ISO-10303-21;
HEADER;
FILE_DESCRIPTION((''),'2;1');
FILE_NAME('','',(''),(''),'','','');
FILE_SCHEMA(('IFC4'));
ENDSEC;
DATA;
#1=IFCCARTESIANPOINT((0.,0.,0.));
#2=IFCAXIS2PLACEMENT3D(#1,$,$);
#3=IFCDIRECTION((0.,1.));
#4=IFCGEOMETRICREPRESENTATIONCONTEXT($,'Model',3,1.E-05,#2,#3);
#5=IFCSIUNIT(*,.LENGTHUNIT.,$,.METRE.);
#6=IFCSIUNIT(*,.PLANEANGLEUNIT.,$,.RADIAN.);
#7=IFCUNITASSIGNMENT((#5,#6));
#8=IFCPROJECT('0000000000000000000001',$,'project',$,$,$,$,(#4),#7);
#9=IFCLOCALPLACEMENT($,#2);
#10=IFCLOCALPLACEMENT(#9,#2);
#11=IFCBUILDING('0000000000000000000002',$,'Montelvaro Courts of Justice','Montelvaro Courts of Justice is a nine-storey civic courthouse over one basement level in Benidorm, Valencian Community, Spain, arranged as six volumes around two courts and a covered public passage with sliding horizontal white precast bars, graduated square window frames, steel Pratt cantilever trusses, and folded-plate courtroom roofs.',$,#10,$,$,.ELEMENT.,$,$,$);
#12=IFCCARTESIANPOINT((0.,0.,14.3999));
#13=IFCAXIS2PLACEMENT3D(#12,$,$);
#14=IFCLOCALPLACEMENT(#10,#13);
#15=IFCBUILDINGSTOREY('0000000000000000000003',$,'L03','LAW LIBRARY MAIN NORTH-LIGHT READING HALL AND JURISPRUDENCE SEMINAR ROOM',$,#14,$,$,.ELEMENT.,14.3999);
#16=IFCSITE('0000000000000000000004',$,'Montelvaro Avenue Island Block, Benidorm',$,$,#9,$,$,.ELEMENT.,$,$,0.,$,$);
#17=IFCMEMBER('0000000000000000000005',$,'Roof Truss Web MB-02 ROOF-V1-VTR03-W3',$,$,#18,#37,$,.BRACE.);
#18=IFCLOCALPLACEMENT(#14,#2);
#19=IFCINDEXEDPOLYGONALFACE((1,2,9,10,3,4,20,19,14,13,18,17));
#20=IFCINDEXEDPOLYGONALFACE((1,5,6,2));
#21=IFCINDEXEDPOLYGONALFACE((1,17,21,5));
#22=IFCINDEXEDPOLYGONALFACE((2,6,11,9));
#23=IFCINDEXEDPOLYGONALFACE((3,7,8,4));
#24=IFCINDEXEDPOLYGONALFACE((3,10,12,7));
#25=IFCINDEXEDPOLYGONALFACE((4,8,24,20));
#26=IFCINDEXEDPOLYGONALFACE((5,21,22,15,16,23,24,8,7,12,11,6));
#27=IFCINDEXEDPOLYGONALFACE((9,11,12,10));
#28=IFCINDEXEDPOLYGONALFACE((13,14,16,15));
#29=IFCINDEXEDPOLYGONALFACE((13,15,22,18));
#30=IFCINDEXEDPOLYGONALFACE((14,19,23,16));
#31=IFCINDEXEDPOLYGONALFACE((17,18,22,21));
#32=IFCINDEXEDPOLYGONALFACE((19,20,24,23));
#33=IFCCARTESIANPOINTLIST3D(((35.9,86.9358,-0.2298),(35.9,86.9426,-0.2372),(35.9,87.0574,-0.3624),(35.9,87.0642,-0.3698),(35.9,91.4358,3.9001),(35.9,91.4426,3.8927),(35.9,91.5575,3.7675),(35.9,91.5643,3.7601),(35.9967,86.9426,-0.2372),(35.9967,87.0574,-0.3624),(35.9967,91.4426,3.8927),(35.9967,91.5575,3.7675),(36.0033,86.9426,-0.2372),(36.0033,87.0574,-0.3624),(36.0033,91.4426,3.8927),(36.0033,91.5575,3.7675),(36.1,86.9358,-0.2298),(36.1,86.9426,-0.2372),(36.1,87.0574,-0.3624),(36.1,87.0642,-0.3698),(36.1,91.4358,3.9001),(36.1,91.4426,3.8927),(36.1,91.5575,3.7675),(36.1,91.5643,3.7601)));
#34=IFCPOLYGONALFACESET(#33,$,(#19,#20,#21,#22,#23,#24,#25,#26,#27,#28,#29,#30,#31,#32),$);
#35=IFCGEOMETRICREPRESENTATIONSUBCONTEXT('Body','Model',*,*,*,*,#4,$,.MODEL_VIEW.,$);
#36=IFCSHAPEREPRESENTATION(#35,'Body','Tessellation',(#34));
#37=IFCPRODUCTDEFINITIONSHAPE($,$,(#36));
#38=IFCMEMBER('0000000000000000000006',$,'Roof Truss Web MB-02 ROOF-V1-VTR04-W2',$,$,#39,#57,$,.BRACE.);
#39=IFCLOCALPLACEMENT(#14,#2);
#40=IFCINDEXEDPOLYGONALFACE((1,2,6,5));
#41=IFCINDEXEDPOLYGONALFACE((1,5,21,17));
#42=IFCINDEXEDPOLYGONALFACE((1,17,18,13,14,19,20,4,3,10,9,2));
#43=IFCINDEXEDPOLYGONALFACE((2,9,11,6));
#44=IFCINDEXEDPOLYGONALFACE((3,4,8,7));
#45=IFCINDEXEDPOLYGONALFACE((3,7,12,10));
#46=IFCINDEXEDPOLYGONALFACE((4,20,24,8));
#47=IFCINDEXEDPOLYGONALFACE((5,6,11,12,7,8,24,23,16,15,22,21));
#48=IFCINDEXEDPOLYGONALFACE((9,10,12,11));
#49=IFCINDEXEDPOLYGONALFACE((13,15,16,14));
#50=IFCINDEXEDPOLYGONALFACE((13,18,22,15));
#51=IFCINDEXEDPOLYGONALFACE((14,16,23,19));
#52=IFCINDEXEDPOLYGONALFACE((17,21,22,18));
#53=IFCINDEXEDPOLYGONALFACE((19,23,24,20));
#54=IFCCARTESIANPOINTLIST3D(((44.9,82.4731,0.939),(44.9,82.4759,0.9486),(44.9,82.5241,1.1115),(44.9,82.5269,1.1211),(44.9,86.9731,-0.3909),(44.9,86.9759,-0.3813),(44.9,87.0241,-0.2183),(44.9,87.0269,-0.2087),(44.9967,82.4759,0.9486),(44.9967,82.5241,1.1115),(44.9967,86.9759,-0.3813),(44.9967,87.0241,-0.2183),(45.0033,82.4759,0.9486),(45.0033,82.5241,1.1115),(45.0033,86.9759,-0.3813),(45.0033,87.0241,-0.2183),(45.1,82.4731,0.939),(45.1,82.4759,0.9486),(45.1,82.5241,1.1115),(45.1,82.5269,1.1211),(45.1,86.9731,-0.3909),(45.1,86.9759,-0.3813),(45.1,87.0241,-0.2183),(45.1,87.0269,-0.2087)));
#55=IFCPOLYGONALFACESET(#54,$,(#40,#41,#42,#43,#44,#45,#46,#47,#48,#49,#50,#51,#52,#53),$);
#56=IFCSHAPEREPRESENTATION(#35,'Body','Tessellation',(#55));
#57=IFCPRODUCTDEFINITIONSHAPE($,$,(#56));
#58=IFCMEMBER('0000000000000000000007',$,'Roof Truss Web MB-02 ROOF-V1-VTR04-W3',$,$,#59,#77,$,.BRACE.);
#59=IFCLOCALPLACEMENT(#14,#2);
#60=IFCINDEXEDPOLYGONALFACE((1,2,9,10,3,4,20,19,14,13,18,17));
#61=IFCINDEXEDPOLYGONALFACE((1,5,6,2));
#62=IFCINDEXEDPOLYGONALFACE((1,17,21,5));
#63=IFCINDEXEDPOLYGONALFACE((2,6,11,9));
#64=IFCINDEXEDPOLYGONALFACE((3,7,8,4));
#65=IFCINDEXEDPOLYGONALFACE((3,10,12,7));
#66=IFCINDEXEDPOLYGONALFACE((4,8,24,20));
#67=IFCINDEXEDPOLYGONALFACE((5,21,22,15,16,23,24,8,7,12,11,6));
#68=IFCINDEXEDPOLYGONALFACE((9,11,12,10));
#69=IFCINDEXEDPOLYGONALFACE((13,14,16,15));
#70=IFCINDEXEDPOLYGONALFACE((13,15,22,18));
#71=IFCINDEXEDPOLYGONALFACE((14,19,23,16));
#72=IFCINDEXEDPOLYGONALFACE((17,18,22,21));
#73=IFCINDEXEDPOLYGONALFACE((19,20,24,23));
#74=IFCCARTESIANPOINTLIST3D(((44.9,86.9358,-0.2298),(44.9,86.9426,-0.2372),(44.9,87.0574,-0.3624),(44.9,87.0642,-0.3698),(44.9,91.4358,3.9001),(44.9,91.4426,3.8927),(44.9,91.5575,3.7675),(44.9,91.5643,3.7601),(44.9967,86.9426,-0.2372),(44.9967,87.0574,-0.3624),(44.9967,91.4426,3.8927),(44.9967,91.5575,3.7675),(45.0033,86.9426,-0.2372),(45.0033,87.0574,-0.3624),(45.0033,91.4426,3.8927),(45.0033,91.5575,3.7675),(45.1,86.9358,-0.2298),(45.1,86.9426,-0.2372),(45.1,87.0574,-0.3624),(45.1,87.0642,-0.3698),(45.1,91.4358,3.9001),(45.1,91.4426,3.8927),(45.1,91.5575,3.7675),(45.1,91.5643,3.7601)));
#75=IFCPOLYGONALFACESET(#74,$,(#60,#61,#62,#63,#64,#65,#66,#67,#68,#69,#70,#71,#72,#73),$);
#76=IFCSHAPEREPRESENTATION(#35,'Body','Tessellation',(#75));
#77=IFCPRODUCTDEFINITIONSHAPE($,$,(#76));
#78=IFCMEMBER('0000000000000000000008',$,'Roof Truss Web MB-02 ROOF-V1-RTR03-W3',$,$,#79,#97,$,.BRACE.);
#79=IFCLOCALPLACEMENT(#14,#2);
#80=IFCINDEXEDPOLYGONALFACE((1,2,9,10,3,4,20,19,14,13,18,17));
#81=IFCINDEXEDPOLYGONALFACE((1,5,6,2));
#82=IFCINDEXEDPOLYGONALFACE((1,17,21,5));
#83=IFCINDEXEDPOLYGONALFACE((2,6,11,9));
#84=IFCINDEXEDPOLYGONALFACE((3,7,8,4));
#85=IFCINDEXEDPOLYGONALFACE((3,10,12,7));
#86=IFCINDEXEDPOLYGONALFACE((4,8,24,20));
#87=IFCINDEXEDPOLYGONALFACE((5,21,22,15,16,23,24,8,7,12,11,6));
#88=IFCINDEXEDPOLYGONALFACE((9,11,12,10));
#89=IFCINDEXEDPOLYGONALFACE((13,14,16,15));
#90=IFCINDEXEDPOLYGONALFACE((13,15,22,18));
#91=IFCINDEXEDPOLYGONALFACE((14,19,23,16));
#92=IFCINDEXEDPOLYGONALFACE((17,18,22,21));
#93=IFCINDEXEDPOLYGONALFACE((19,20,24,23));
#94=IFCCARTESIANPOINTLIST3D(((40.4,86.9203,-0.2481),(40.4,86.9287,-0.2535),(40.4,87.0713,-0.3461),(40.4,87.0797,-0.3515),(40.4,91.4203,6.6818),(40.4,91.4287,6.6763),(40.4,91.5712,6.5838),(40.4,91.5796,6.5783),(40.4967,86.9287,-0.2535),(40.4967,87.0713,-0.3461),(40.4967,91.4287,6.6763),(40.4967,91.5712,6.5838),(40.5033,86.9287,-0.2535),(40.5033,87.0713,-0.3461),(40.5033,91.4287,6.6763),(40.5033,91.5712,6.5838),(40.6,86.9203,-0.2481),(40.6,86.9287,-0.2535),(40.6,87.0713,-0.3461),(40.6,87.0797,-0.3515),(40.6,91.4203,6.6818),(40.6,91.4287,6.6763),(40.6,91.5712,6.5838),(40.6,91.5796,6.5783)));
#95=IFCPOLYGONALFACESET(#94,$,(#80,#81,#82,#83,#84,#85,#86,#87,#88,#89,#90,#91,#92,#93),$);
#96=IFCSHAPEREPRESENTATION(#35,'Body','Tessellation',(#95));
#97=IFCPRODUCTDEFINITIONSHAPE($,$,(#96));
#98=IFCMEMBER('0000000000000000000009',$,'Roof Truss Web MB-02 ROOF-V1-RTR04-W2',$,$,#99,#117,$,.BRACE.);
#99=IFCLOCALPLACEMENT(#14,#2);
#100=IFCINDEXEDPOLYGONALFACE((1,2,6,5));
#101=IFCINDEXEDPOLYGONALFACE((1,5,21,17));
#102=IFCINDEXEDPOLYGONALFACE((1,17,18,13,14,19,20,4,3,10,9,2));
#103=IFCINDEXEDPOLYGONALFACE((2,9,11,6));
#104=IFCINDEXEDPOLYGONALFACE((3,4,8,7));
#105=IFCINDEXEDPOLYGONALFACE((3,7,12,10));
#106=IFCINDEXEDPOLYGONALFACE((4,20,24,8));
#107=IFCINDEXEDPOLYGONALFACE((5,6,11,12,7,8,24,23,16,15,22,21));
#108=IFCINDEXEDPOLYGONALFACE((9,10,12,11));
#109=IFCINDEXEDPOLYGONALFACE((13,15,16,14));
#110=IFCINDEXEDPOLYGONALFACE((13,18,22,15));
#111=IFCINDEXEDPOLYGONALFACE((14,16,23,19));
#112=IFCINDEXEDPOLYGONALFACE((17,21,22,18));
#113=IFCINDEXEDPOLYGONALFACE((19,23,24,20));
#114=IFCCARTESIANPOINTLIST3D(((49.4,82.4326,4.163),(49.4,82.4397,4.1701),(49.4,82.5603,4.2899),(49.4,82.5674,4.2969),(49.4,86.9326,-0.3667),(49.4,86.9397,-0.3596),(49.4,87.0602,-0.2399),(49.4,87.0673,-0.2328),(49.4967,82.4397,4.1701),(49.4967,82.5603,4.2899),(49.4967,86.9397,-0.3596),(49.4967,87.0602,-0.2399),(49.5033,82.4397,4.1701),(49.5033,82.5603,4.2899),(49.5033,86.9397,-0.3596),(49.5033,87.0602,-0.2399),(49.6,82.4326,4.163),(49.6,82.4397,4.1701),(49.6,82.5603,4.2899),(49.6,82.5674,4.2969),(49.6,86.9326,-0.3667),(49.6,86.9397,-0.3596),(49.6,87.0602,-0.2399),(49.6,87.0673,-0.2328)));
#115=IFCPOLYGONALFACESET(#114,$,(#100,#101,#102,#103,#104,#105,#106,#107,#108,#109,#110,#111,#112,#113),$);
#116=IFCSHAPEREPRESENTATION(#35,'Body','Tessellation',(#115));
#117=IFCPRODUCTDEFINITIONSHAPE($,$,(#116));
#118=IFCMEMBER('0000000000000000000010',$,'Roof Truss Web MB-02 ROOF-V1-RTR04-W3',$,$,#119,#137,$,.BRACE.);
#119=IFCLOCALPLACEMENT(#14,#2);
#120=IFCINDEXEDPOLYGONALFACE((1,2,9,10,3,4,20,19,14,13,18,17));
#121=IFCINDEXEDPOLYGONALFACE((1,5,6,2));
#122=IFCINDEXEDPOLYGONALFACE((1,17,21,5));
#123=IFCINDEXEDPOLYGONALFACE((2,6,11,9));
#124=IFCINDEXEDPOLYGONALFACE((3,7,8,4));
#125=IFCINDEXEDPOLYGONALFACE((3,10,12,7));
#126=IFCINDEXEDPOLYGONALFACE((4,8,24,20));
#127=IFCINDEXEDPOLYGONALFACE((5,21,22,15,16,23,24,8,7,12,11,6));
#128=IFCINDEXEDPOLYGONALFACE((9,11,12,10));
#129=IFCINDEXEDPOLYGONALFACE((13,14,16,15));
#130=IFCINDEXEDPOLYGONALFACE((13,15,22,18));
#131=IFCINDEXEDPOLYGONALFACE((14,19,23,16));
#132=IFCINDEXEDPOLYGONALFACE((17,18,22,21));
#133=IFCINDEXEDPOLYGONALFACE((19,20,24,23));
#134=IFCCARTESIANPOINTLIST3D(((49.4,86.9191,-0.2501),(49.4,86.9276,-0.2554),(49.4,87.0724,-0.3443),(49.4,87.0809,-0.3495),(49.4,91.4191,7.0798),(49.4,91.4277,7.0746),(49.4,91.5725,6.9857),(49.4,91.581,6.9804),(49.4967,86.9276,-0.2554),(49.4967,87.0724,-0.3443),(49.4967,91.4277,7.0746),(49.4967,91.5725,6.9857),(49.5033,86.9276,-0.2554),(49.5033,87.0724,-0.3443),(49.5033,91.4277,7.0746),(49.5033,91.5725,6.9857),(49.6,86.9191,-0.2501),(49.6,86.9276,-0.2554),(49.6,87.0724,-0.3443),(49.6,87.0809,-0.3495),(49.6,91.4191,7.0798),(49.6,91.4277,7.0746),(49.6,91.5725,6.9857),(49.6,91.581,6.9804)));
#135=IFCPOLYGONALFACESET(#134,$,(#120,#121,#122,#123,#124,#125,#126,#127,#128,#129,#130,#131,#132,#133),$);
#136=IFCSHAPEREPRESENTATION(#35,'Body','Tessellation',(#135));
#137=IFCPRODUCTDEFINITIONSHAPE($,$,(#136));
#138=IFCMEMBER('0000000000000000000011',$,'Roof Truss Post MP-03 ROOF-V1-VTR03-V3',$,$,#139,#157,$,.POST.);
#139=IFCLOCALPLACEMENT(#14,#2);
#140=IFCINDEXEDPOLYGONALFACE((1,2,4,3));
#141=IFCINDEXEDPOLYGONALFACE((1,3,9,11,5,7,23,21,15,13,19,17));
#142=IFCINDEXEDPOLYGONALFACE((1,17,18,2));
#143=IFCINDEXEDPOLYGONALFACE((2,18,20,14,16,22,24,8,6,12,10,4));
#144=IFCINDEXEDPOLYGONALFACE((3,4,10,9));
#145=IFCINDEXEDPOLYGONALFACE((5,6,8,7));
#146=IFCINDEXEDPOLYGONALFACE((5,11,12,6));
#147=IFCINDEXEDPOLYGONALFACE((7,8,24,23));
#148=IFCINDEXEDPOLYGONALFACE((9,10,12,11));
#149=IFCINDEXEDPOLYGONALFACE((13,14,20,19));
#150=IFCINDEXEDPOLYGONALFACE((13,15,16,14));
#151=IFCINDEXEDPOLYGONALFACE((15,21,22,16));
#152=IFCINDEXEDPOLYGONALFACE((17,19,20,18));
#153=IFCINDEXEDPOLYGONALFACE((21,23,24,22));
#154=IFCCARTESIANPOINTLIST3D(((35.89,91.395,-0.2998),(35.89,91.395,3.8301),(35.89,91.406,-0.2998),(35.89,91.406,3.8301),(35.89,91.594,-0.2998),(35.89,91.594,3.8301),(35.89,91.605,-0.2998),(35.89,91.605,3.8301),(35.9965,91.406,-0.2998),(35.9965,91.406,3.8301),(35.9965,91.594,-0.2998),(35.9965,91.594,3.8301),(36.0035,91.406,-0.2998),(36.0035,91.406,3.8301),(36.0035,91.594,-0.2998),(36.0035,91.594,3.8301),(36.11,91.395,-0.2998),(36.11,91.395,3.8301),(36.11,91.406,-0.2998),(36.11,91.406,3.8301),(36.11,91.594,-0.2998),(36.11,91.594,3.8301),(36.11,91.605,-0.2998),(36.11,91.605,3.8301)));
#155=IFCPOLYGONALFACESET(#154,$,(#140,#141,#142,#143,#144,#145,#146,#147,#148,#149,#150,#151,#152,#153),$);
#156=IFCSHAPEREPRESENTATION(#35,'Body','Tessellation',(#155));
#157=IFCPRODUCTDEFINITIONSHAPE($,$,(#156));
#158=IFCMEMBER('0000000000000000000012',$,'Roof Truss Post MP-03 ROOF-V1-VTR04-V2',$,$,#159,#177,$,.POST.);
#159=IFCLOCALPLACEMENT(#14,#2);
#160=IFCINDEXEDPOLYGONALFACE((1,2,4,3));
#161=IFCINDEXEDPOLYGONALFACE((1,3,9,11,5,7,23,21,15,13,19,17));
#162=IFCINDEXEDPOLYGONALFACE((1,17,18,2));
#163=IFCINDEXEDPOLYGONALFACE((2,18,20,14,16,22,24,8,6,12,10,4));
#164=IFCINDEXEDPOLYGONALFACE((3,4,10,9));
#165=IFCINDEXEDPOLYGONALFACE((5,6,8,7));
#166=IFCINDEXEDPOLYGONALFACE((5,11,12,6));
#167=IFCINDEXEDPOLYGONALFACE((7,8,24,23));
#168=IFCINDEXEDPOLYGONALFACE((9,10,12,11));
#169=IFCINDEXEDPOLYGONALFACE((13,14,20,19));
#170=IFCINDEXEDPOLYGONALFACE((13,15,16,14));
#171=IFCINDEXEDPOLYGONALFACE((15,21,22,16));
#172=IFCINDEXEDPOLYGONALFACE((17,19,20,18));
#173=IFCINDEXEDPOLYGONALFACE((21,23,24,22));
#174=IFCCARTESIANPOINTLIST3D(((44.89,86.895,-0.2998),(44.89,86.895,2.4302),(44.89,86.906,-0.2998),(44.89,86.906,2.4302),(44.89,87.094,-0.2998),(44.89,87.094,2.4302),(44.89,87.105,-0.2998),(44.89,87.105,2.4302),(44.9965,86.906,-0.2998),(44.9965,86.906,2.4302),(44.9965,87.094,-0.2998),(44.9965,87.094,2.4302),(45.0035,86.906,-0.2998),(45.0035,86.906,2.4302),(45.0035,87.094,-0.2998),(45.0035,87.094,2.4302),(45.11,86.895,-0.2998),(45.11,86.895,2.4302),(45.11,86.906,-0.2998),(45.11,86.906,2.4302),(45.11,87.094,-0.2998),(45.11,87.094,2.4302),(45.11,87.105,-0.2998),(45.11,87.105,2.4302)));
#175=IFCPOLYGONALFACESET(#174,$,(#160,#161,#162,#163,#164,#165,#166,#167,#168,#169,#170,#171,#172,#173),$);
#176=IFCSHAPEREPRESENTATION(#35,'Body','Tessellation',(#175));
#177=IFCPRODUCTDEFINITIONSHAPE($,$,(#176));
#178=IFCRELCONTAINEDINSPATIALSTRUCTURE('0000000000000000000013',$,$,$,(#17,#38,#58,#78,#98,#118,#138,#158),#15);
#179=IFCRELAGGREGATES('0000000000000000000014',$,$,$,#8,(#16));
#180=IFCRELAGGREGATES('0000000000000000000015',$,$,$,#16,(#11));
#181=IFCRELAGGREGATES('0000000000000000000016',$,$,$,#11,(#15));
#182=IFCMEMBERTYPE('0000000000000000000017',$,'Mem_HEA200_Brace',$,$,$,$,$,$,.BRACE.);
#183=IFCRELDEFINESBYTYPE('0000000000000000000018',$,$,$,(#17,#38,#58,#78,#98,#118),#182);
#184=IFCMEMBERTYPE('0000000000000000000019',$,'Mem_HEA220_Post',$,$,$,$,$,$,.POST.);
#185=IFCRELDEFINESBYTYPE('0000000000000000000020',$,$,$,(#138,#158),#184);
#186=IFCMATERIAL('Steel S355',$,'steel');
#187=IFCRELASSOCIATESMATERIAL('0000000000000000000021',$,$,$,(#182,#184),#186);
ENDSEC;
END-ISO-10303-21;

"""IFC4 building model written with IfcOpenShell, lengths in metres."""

from ifc_helpers import new_model, si_unit, direction, frame, origin, origin_2d, place, context, subcontext, project, spatial, i_section, extrude, material, material_profile, profile_set, type_object, element, save


model = new_model("IFC4")

# Units and contexts
model_context = context("Model", 3, precision=1e-05, world=origin(), true_north=direction((0.0, 1.0)))
body_context = subcontext(model_context, "Body", "Model", "MODEL_VIEW")
ifc_project = project(units=[si_unit("LENGTHUNIT", "METRE"), si_unit("PLANEANGLEUNIT", "RADIAN")], contexts=[model_context])

# Site, building, storey
site_placement = place(None, origin())
site = spatial("IfcSite", under=ifc_project, at=site_placement, Name="Montelvaro Avenue Island Block, Benidorm", CompositionType="ELEMENT", RefElevation=0.0)
building_placement = place(site_placement, origin())
building = spatial("IfcBuilding", under=site, at=building_placement, Name="Montelvaro Courts of Justice", Description="Montelvaro Courts of Justice is a nine-storey civic courthouse over one basement level in Benidorm, Valencian Community, Spain, arranged as six volumes around two courts and a covered public passage with sliding horizontal white precast bars, graduated square window frames, steel Pratt cantilever trusses, and folded-plate courtroom roofs.", CompositionType="ELEMENT")
storey_placement = place(building_placement, frame((0.0, 0.0, 14.3999)))
storey = spatial("IfcBuildingStorey", under=building, at=storey_placement, Name="L03", Description="LAW LIBRARY MAIN NORTH-LIGHT READING HALL AND JURISPRUDENCE SEMINAR ROOM", CompositionType="ELEMENT", Elevation=14.3999)

# Members
ifc_material = material(Name="Steel S355", Category="steel")
ifc_material_profile_1 = material_profile(ifc_material, i_section(OverallWidth=0.2, OverallDepth=0.1899, WebThickness=0.0066, FlangeThickness=0.01, at=origin_2d()), Name="HEA 200")
ifc_profile_set_1 = profile_set([ifc_material_profile_1], Name="Steel S355")
member_type_1 = type_object("IfcMemberType", Name="Mem_HEA200_Brace", PredefinedType="BRACE", material=ifc_profile_set_1)
member_1_placement = place(storey_placement, frame((36.0, 87.0, -0.2998), z_axis=(0.0, 0.736756, 0.676159), x_axis=(-1.0, 0.0, 0.0)))
element("IfcMember", 1, at=member_1_placement, inside=storey, type_object=member_type_1, Name="Roof Truss Web MB-02 ROOF-V1-VTR03-W3", PredefinedType="BRACE", context=body_context, shape_type="SweptSolid", body=[
    extrude(i_section(OverallWidth=0.2, OverallDepth=0.1899, WebThickness=0.0066, FlangeThickness=0.01, at=origin_2d()), origin(), (0.0, 0.0, 1.0), 6.1079),
])
member_2_placement = place(storey_placement, frame((45.0, 82.5, 1.03), z_axis=(0.0, 0.959001, -0.283403), x_axis=(-1.0, 0.0, 0.0)))
element("IfcMember", 2, at=member_2_placement, inside=storey, type_object=member_type_1, Name="Roof Truss Web MB-02 ROOF-V1-VTR04-W2", PredefinedType="BRACE", context=body_context, shape_type="SweptSolid", body=[
    extrude(i_section(OverallWidth=0.2, OverallDepth=0.1899, WebThickness=0.0066, FlangeThickness=0.01, at=origin_2d()), origin(), (0.0, 0.0, 1.0), 4.6924),
])
member_3_placement = place(storey_placement, frame((45.0, 87.0, -0.2998), z_axis=(0.0, 0.736756, 0.676159), x_axis=(-1.0, 0.0, 0.0)))
element("IfcMember", 3, at=member_3_placement, inside=storey, type_object=member_type_1, Name="Roof Truss Web MB-02 ROOF-V1-VTR04-W3", PredefinedType="BRACE", context=body_context, shape_type="SweptSolid", body=[
    extrude(i_section(OverallWidth=0.2, OverallDepth=0.1899, WebThickness=0.0066, FlangeThickness=0.01, at=origin_2d()), origin(), (0.0, 0.0, 1.0), 6.1079),
])
member_4_placement = place(storey_placement, frame((40.5, 87.0, -0.2998), z_axis=(0.0, 0.544609, 0.83869), x_axis=(-1.0, 0.0, 0.0)))
element("IfcMember", 4, at=member_4_placement, inside=storey, type_object=member_type_1, Name="Roof Truss Web MB-02 ROOF-V1-RTR03-W3", PredefinedType="BRACE", context=body_context, shape_type="SweptSolid", body=[
    extrude(i_section(OverallWidth=0.2, OverallDepth=0.1899, WebThickness=0.0066, FlangeThickness=0.01, at=origin_2d()), origin(), (0.0, 0.0, 1.0), 8.2627),
])
member_5_placement = place(storey_placement, frame((49.5, 82.5, 4.23), z_axis=(0.0, 0.704771, -0.709435), x_axis=(-1.0, 0.0, 0.0)))
element("IfcMember", 5, at=member_5_placement, inside=storey, type_object=member_type_1, Name="Roof Truss Web MB-02 ROOF-V1-RTR04-W2", PredefinedType="BRACE", context=body_context, shape_type="SweptSolid", body=[
    extrude(i_section(OverallWidth=0.2, OverallDepth=0.1899, WebThickness=0.0066, FlangeThickness=0.01, at=origin_2d()), origin(), (0.0, 0.0, 1.0), 6.385),
])
member_6_placement = place(storey_placement, frame((49.5, 87.0, -0.2998), z_axis=(0.0, 0.523198, 0.852211), x_axis=(-1.0, 0.0, 0.0)))
element("IfcMember", 6, at=member_6_placement, inside=storey, type_object=member_type_1, Name="Roof Truss Web MB-02 ROOF-V1-RTR04-W3", PredefinedType="BRACE", context=body_context, shape_type="SweptSolid", body=[
    extrude(i_section(OverallWidth=0.2, OverallDepth=0.1899, WebThickness=0.0066, FlangeThickness=0.01, at=origin_2d()), origin(), (0.0, 0.0, 1.0), 8.6011),
])
ifc_material_profile_2 = material_profile(ifc_material, i_section(OverallWidth=0.22, OverallDepth=0.21, WebThickness=0.0071, FlangeThickness=0.011, at=origin_2d()), Name="HEA 220")
ifc_profile_set_2 = profile_set([ifc_material_profile_2], Name="Steel S355")
member_type_2 = type_object("IfcMemberType", Name="Mem_HEA220_Post", PredefinedType="POST", material=ifc_profile_set_2)
member_7_placement = place(storey_placement, frame((36.0, 91.5, -0.2998), z_axis=(0.0, 0.0, 1.0), x_axis=(1.0, 0.0, 0.0)))
element("IfcMember", 7, at=member_7_placement, inside=storey, type_object=member_type_2, Name="Roof Truss Post MP-03 ROOF-V1-VTR03-V3", PredefinedType="POST", context=body_context, shape_type="SweptSolid", body=[
    extrude(i_section(OverallWidth=0.22, OverallDepth=0.21, WebThickness=0.0071, FlangeThickness=0.011, at=origin_2d()), origin(), (0.0, 0.0, 1.0), 4.1299),
])
member_8_placement = place(storey_placement, frame((45.0, 87.0, -0.2998), z_axis=(0.0, 0.0, 1.0), x_axis=(1.0, 0.0, 0.0)))
element("IfcMember", 8, at=member_8_placement, inside=storey, type_object=member_type_2, Name="Roof Truss Post MP-03 ROOF-V1-VTR04-V2", PredefinedType="POST", context=body_context, shape_type="SweptSolid", body=[
    extrude(i_section(OverallWidth=0.22, OverallDepth=0.21, WebThickness=0.0071, FlangeThickness=0.011, at=origin_2d()), origin(), (0.0, 0.0, 1.0), 2.73),
])

save(model, "model.ifc")
